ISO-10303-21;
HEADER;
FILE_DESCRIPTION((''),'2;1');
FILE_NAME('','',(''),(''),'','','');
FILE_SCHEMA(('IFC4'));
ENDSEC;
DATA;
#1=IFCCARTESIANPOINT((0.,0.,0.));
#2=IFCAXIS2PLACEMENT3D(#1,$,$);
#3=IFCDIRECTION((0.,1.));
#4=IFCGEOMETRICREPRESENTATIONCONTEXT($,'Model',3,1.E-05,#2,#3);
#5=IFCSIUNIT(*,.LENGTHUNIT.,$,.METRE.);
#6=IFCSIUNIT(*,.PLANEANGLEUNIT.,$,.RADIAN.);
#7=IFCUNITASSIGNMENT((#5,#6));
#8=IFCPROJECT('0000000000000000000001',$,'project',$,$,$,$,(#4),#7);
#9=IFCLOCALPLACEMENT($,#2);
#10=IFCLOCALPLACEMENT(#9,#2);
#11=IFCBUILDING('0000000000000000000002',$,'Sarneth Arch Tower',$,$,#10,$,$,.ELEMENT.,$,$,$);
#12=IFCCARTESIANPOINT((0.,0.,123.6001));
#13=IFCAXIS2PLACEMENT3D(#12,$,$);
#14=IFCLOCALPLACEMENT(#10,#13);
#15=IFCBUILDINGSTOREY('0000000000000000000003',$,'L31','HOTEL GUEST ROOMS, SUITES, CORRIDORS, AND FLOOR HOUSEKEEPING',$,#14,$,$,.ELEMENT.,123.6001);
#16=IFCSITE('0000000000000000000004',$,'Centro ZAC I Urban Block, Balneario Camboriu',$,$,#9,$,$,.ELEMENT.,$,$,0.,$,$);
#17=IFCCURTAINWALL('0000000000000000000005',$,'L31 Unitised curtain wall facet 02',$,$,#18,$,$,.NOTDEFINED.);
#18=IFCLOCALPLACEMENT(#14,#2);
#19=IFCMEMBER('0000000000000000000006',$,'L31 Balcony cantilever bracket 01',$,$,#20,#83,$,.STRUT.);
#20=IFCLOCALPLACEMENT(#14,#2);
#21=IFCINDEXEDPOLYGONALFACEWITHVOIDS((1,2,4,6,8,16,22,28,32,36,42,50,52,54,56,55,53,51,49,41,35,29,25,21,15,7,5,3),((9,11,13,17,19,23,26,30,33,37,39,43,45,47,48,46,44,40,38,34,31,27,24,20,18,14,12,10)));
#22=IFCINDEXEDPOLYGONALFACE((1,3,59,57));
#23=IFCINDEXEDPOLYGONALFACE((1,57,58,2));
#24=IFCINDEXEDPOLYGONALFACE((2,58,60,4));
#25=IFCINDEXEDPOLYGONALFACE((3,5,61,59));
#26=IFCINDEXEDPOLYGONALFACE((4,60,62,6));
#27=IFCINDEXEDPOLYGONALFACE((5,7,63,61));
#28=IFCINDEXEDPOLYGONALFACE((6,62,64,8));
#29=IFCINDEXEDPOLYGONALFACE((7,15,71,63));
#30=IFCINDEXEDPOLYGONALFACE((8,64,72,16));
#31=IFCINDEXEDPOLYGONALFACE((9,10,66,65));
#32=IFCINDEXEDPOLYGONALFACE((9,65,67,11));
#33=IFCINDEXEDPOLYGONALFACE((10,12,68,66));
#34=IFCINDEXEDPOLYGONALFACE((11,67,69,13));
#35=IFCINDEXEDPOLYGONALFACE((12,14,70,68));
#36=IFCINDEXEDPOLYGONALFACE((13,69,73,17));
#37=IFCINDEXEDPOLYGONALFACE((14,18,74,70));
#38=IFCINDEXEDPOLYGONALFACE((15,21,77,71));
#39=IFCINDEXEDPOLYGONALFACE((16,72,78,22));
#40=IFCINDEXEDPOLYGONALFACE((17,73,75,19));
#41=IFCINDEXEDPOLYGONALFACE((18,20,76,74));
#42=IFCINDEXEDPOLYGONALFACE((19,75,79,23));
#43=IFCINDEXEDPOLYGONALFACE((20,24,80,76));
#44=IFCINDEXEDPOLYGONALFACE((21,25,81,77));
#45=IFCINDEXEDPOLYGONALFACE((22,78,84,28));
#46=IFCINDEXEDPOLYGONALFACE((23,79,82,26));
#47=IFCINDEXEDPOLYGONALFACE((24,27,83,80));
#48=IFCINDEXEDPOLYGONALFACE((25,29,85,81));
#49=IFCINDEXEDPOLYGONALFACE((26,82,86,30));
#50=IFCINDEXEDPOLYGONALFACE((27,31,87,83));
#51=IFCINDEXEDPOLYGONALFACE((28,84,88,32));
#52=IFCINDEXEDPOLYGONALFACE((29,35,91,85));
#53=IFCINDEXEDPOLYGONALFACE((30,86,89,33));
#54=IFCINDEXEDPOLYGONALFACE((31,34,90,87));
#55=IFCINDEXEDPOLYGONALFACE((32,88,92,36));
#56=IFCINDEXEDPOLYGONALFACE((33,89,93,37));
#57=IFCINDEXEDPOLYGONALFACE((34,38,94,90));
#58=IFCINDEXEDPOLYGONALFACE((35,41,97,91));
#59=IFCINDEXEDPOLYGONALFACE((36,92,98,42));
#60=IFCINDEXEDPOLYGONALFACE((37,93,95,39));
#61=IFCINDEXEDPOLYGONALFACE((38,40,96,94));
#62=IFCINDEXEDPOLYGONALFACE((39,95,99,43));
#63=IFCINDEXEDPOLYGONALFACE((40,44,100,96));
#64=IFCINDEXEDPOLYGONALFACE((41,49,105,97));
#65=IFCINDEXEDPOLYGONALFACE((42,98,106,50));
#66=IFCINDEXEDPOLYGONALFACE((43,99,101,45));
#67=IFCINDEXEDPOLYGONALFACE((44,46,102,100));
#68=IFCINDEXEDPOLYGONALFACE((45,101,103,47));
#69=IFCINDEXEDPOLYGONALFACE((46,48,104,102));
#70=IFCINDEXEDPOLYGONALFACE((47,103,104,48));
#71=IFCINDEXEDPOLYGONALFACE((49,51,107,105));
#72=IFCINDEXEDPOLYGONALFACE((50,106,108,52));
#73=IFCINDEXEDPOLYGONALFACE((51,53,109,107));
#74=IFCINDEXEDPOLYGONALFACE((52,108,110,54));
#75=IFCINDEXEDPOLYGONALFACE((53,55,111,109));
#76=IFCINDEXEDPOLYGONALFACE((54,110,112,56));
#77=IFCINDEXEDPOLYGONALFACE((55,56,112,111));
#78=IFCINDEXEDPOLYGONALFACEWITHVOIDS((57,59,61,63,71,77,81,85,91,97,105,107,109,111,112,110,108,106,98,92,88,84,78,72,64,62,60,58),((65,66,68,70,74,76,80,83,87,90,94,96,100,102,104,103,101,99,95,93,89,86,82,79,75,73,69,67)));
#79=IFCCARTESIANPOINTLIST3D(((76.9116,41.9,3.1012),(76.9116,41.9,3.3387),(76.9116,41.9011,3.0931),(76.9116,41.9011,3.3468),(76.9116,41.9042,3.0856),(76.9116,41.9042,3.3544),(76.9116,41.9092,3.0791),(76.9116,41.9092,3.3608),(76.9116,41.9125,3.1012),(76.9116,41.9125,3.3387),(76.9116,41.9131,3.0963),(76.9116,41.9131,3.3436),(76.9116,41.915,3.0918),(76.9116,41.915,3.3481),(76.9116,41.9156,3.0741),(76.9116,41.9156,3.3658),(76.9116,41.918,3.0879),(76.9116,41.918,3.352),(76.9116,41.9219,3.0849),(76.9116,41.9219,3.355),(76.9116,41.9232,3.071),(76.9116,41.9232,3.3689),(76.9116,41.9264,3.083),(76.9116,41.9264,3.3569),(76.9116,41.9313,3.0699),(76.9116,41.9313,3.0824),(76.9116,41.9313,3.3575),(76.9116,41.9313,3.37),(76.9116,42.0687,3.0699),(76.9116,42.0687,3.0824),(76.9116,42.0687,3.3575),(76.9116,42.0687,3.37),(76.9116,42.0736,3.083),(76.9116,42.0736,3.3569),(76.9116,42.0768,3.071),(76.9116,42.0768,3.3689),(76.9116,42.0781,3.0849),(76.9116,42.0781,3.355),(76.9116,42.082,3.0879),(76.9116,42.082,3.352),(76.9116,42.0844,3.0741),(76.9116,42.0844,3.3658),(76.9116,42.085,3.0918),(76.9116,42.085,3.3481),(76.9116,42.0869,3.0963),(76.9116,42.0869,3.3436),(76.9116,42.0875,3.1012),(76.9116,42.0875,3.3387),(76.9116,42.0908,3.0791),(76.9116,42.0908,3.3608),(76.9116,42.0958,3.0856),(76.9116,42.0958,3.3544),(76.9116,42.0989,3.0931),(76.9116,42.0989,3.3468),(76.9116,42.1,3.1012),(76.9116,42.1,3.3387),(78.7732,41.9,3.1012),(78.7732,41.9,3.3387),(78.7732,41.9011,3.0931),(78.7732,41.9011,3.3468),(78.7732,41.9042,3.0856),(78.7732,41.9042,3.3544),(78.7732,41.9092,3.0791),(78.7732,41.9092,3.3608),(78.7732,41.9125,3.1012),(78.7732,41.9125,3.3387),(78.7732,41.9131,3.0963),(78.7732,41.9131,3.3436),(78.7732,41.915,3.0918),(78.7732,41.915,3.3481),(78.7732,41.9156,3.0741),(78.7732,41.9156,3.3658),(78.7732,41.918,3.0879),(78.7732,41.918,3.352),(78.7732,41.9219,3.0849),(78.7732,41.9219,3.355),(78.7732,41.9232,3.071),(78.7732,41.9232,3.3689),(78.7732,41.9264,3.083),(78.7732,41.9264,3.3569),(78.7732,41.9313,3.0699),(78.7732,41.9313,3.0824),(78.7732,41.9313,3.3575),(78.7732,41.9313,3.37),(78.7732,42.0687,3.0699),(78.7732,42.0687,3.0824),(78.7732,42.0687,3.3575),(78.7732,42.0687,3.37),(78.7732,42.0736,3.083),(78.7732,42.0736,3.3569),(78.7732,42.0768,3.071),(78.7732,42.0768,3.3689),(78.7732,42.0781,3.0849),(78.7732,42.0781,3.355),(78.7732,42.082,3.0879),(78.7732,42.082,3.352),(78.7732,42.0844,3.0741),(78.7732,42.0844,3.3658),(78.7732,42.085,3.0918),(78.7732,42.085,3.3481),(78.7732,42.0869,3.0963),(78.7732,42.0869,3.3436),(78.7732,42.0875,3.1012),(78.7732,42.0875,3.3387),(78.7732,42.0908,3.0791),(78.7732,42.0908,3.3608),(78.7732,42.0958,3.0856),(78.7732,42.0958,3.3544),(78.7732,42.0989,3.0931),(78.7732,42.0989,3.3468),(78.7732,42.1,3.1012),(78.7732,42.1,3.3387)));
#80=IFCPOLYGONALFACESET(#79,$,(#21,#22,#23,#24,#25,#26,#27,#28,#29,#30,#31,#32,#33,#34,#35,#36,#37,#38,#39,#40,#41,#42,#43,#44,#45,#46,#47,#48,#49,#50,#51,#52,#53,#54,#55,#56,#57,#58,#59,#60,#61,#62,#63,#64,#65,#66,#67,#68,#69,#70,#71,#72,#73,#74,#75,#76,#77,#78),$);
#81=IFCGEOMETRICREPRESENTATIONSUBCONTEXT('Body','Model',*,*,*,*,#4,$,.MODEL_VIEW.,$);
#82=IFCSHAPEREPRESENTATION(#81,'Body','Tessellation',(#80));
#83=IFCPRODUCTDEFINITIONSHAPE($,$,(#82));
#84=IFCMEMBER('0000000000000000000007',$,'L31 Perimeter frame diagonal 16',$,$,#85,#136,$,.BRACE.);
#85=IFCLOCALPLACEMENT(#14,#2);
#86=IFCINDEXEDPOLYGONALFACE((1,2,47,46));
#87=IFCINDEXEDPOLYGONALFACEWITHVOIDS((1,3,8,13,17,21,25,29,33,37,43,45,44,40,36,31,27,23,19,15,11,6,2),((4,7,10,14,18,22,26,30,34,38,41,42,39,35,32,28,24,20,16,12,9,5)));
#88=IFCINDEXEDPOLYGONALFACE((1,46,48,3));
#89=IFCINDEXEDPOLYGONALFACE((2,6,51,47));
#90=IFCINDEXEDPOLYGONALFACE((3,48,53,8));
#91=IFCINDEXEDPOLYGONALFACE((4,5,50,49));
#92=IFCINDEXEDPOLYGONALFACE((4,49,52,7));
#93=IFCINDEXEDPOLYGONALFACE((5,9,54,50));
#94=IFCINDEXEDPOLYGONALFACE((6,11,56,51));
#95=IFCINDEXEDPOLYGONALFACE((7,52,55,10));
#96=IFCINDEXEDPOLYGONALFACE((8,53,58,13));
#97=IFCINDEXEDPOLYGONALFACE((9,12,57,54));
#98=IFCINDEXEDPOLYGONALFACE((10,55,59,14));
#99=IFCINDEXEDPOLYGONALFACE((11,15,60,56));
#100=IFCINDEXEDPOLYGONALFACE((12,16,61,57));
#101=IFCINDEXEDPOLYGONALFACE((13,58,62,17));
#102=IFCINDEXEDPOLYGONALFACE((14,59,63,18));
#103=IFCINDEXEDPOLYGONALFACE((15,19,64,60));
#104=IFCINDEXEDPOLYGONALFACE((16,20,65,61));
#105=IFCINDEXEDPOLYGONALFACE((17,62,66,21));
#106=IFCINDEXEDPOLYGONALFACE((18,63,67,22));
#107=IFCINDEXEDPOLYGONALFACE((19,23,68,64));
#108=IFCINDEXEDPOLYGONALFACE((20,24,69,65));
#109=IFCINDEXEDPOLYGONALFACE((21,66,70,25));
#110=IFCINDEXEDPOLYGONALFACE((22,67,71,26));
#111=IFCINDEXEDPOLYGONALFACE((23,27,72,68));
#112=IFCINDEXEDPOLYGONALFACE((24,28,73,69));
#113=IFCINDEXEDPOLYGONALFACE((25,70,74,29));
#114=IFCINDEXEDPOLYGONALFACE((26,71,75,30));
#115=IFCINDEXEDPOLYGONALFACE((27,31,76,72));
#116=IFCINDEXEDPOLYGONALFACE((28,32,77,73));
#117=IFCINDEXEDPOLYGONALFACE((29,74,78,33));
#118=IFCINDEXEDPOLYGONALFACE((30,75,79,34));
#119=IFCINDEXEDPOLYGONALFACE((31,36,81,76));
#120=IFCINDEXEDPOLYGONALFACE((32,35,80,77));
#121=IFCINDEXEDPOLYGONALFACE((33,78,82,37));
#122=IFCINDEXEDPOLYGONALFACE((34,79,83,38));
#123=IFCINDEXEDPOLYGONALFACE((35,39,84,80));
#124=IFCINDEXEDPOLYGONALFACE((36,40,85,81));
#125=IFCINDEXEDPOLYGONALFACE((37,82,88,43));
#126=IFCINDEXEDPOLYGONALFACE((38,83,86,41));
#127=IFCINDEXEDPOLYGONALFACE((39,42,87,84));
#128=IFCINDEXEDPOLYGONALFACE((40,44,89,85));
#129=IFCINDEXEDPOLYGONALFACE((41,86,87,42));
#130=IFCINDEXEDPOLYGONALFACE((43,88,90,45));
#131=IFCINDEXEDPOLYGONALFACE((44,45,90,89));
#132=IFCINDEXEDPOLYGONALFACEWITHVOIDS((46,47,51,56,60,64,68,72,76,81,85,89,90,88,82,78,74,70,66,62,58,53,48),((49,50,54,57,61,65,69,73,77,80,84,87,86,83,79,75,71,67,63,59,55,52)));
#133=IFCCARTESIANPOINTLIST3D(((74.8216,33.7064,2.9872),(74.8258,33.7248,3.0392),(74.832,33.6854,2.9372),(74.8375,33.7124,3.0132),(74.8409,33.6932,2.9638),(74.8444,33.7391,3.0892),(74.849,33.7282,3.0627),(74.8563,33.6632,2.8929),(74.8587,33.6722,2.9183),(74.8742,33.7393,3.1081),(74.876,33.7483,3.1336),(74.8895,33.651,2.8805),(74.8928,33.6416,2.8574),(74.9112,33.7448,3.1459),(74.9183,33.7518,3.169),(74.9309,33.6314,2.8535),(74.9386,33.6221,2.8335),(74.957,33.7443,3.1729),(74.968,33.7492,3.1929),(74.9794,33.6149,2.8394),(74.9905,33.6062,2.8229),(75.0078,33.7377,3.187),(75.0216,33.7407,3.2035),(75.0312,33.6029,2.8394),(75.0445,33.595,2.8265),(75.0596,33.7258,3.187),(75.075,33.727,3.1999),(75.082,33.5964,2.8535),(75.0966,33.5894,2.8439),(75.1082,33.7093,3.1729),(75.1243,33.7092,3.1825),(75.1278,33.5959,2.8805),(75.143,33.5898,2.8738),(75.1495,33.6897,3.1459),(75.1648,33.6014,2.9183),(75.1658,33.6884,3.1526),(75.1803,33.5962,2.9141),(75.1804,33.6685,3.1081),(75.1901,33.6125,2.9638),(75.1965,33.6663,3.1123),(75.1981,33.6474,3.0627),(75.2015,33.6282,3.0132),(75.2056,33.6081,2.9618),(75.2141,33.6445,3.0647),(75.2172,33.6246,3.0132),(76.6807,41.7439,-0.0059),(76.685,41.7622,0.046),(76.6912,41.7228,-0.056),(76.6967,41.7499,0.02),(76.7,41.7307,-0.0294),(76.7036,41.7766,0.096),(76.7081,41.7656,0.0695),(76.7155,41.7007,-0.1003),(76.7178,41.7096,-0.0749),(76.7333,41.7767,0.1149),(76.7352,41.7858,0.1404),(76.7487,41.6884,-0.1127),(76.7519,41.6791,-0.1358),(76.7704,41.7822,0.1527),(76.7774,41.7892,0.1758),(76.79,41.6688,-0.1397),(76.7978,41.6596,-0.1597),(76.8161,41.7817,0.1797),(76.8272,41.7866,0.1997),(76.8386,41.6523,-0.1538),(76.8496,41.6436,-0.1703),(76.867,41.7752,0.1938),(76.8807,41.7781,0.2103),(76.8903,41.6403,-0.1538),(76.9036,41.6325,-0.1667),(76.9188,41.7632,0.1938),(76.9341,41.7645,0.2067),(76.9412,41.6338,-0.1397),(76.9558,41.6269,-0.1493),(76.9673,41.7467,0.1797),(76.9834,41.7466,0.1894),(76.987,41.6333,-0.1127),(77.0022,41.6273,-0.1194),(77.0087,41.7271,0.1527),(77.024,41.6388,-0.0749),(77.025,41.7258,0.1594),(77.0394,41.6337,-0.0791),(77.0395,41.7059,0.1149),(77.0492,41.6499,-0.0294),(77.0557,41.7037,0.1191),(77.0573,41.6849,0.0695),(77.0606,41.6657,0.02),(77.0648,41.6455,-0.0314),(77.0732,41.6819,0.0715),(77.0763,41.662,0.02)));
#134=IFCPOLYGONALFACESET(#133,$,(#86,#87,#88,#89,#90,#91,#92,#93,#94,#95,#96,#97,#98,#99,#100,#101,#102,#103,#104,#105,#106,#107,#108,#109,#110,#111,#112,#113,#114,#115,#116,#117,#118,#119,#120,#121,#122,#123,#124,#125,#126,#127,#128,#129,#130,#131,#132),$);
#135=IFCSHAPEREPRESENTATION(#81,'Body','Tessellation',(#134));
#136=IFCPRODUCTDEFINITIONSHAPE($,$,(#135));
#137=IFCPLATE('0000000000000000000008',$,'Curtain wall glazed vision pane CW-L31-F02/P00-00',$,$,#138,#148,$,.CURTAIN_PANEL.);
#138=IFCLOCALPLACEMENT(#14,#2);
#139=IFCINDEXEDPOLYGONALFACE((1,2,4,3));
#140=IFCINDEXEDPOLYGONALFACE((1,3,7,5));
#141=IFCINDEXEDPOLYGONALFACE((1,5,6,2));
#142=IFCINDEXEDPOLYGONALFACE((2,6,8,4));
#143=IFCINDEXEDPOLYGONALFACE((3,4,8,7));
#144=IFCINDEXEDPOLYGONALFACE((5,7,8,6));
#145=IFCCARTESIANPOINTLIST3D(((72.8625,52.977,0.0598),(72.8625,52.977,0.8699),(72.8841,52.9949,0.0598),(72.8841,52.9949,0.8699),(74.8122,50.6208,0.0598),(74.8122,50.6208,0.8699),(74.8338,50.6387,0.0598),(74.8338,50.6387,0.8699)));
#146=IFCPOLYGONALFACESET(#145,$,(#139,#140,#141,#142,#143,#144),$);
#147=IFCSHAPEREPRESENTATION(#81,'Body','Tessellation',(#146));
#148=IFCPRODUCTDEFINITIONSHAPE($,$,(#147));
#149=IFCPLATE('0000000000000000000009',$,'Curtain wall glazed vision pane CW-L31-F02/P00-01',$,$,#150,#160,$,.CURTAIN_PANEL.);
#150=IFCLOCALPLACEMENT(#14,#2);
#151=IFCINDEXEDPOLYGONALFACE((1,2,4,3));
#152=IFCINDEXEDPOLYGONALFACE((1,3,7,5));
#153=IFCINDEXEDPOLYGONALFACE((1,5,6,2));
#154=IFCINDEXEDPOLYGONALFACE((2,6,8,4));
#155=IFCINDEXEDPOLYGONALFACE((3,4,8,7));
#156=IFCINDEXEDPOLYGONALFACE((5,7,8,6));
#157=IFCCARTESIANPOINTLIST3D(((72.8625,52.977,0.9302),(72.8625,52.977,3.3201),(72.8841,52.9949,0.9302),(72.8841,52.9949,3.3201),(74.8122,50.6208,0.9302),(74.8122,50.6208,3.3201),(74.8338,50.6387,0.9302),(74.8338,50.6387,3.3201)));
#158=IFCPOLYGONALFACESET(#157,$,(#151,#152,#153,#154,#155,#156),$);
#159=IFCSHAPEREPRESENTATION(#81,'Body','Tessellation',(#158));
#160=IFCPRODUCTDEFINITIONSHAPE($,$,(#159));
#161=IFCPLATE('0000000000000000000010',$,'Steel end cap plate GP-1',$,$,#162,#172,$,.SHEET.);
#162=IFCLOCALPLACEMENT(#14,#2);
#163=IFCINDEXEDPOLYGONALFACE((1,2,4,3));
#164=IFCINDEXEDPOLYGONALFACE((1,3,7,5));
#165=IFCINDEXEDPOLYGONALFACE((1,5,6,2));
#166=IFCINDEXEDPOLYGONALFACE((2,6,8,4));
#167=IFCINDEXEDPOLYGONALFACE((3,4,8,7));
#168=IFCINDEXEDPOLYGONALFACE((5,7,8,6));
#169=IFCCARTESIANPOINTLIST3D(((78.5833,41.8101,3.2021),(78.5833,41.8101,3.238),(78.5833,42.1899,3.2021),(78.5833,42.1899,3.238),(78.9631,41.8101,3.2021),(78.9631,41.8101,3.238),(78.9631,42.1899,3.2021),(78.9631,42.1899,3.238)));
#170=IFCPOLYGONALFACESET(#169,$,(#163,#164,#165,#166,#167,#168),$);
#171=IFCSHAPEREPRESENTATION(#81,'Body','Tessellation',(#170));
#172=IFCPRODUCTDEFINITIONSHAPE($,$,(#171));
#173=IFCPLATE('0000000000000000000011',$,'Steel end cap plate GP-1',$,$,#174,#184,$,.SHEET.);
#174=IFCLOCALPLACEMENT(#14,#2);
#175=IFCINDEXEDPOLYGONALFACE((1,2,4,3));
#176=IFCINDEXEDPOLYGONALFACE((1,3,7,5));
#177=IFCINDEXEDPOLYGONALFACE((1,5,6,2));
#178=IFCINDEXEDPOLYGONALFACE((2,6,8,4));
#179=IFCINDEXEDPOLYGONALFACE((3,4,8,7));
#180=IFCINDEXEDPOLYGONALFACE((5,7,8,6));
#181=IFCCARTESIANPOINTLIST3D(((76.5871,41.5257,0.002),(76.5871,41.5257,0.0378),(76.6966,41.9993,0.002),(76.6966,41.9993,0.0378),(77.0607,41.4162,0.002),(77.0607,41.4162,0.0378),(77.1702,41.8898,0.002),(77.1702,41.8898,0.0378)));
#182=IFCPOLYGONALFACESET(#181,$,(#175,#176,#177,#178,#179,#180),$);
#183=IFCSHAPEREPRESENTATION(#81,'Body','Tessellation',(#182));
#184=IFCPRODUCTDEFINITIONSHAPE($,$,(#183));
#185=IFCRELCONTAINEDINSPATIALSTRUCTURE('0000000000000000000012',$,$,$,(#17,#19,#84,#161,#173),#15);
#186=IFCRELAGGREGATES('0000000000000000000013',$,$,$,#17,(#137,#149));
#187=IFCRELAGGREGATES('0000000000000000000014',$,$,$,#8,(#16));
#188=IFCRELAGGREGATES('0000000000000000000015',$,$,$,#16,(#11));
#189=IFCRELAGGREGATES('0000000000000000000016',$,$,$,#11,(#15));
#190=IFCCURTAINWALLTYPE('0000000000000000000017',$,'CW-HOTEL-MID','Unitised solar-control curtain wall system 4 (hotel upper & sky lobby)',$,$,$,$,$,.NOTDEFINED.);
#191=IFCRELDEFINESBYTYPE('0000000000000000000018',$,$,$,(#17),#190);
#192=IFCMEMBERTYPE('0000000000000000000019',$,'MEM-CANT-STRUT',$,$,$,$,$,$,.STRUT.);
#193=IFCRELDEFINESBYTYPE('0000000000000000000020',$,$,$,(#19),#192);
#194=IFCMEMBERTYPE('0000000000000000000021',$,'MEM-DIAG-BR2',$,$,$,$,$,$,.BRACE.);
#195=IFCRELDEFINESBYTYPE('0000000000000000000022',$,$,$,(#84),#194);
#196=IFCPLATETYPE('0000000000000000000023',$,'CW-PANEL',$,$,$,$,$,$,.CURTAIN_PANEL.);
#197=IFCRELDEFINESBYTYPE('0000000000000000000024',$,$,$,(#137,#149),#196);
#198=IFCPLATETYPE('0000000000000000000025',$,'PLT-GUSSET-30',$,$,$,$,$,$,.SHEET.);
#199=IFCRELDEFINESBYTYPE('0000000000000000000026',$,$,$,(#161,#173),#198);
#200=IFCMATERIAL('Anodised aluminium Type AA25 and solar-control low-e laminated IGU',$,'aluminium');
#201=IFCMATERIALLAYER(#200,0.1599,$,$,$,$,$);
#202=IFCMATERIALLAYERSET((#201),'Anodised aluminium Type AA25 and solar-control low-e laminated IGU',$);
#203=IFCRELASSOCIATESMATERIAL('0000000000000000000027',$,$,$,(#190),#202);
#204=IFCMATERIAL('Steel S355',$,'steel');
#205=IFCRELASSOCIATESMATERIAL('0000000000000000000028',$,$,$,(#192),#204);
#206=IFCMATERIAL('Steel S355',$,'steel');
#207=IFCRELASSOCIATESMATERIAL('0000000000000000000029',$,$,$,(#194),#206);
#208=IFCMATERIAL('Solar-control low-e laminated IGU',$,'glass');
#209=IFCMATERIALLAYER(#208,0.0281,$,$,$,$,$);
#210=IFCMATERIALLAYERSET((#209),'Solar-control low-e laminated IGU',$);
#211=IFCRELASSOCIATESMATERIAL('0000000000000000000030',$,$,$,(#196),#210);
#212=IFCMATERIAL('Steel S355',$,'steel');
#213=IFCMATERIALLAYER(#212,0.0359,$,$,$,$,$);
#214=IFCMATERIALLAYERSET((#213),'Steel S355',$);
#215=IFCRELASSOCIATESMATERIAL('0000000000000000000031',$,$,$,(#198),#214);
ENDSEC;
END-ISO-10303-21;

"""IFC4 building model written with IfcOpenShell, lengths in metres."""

from ifc_helpers import new_model, si_unit, direction, frame, origin, origin_2d, place, context, subcontext, project, spatial, rectangle, hollow_rectangle, hollow_circle, extrude, material, layer, layer_set, material_profile, profile_set, type_object, element, aggregate, save


model = new_model("IFC4")

# Units and contexts
model_context = context("Model", 3, precision=1e-05, world=origin(), true_north=direction((0.0, 1.0)))
body_context = subcontext(model_context, "Body", "Model", "MODEL_VIEW")
ifc_project = project(units=[si_unit("LENGTHUNIT", "METRE"), si_unit("PLANEANGLEUNIT", "RADIAN")], contexts=[model_context])

# Site, building, storey
site_placement = place(None, origin())
site = spatial("IfcSite", under=ifc_project, at=site_placement, Name="Centro ZAC I Urban Block, Balneario Camboriu", CompositionType="ELEMENT", RefElevation=0.0)
building_placement = place(site_placement, origin())
building = spatial("IfcBuilding", under=site, at=building_placement, Name="Sarneth Arch Tower", CompositionType="ELEMENT")
storey_placement = place(building_placement, frame((0.0, 0.0, 123.6001)))
storey = spatial("IfcBuildingStorey", under=building, at=storey_placement, Name="L31", Description="HOTEL GUEST ROOMS, SUITES, CORRIDORS, AND FLOOR HOUSEKEEPING", CompositionType="ELEMENT", Elevation=123.6001)

# Curtain wall
ifc_material_1 = material(Name="Anodised aluminium Type AA25 and solar-control low-e laminated IGU", Category="aluminium")
ifc_layer_1 = layer(ifc_material_1, 0.1599)
ifc_layer_set_1 = layer_set([ifc_layer_1], Name="Anodised aluminium Type AA25 and solar-control low-e laminated IGU")
curtain_wall_type = type_object("IfcCurtainWallType", Name="CW-HOTEL-MID", Description="Unitised solar-control curtain wall system 4 (hotel upper & sky lobby)", PredefinedType="NOTDEFINED", material=ifc_layer_set_1)
curtain_wall_placement = place(storey_placement, origin())
curtain_wall = element("IfcCurtainWall", 1, at=curtain_wall_placement, inside=storey, type_object=curtain_wall_type, Name="L31 Unitised curtain wall facet 02", PredefinedType="NOTDEFINED")

# Members
ifc_material_2 = material(Name="Steel S355", Category="steel")
ifc_material_profile_1 = material_profile(ifc_material_2, hollow_rectangle(XDim=0.2, YDim=0.3, WallThickness=0.0125, InnerFilletRadius=0.0188, OuterFilletRadius=0.0312, at=origin_2d()), Name="RHS300x200x12.5")
ifc_profile_set_1 = profile_set([ifc_material_profile_1], Name="Steel S355")
member_type_1 = type_object("IfcMemberType", Name="MEM-CANT-STRUT", PredefinedType="STRUT", material=ifc_profile_set_1)
member_1_placement = place(storey_placement, frame((76.9116, 42.0, 3.22), z_axis=(1.0, 0.0, 0.0), x_axis=(0.0, 1.0, 0.0)))
element("IfcMember", 2, at=member_1_placement, inside=storey, type_object=member_type_1, Name="L31 Balcony cantilever bracket 01", PredefinedType="STRUT", context=body_context, shape_type="SweptSolid", body=[
    extrude(hollow_rectangle(XDim=0.2, YDim=0.3, WallThickness=0.0125, InnerFilletRadius=0.0188, OuterFilletRadius=0.0312, at=origin_2d()), origin(), (0.0, 0.0, 1.0), 1.8616),
])
ifc_material_3 = material(Name="Steel S355", Category="steel")
ifc_material_profile_2 = material_profile(ifc_material_3, hollow_circle(Radius=0.2029, WallThickness=0.0161, at=origin_2d()), Name="CHS406x16")
ifc_profile_set_2 = profile_set([ifc_material_profile_2], Name="Steel S355")
member_type_2 = type_object("IfcMemberType", Name="MEM-DIAG-BR2", PredefinedType="BRACE", material=ifc_profile_set_2)
member_2_placement = place(storey_placement, frame((76.8787, 41.7078, 0.02), z_axis=(-0.211848, -0.915856, 0.341071), x_axis=(0.974275, -0.225361, 0.0)))
element("IfcMember", 3, at=member_2_placement, inside=storey, type_object=member_type_2, Name="L31 Perimeter frame diagonal 16", PredefinedType="BRACE", context=body_context, shape_type="SweptSolid", body=[
    extrude(hollow_circle(Radius=0.2029, WallThickness=0.0161, at=origin_2d()), origin(), (0.0, 0.0, 1.0), 8.7759),
])

# Plates
ifc_material_4 = material(Name="Solar-control low-e laminated IGU", Category="glass")
ifc_layer_2 = layer(ifc_material_4, 0.0281)
ifc_layer_set_2 = layer_set([ifc_layer_2], Name="Solar-control low-e laminated IGU")
plate_type_1 = type_object("IfcPlateType", Name="CW-PANEL", PredefinedType="CURTAIN_PANEL", material=ifc_layer_set_2)
plate_1_placement = place(storey_placement, frame((73.8481, 51.8079, 0.0598), z_axis=(0.0, 0.0, 1.0), x_axis=(-0.637515, 0.770438, 0.0)))
plate_1 = element("IfcPlate", 4, at=plate_1_placement, type_object=plate_type_1, Name="Curtain wall glazed vision pane CW-L31-F02/P00-00", PredefinedType="CURTAIN_PANEL", context=body_context, shape_type="SweptSolid", body=[
    extrude(rectangle(XDim=3.0583, YDim=0.0281, at=origin_2d()), origin(), (0.0, 0.0, 1.0), 0.8101),
])
plate_2_placement = place(storey_placement, frame((73.8481, 51.8079, 0.9302), z_axis=(0.0, 0.0, 1.0), x_axis=(-0.637515, 0.770438, 0.0)))
plate_2 = element("IfcPlate", 5, at=plate_2_placement, type_object=plate_type_1, Name="Curtain wall glazed vision pane CW-L31-F02/P00-01", PredefinedType="CURTAIN_PANEL", context=body_context, shape_type="SweptSolid", body=[
    extrude(rectangle(XDim=3.0583, YDim=0.0281, at=origin_2d()), origin(), (0.0, 0.0, 1.0), 2.3899),
])
aggregate(curtain_wall, [plate_1, plate_2])

# Plates
ifc_material_5 = material(Name="Steel S355", Category="steel")
ifc_layer_3 = layer(ifc_material_5, 0.0359)
ifc_layer_set_3 = layer_set([ifc_layer_3], Name="Steel S355")
plate_type_2 = type_object("IfcPlateType", Name="PLT-GUSSET-30", PredefinedType="SHEET", material=ifc_layer_set_3)
plate_3_placement = place(storey_placement, frame((78.7732, 42.0, 3.2021), z_axis=(0.0, 0.0, 1.0), x_axis=(1.0, 0.0, 0.0)))
element("IfcPlate", 6, at=plate_3_placement, inside=storey, type_object=plate_type_2, Name="Steel end cap plate GP-1", PredefinedType="SHEET", context=body_context, shape_type="SweptSolid", body=[
    extrude(rectangle(XDim=0.3799, YDim=0.3799, at=origin_2d()), origin(), (0.0, 0.0, 1.0), 0.0359),
])
plate_4_placement = place(storey_placement, frame((76.8787, 41.7078, 0.002), z_axis=(0.0, 0.0, 1.0), x_axis=(0.225291, 0.974291, 0.0)))
element("IfcPlate", 7, at=plate_4_placement, inside=storey, type_object=plate_type_2, Name="Steel end cap plate GP-1", PredefinedType="SHEET", context=body_context, shape_type="SweptSolid", body=[
    extrude(rectangle(XDim=0.4861, YDim=0.4861, at=origin_2d()), origin(), (0.0, 0.0, 1.0), 0.0359),
])

save(model, "model.ifc")
